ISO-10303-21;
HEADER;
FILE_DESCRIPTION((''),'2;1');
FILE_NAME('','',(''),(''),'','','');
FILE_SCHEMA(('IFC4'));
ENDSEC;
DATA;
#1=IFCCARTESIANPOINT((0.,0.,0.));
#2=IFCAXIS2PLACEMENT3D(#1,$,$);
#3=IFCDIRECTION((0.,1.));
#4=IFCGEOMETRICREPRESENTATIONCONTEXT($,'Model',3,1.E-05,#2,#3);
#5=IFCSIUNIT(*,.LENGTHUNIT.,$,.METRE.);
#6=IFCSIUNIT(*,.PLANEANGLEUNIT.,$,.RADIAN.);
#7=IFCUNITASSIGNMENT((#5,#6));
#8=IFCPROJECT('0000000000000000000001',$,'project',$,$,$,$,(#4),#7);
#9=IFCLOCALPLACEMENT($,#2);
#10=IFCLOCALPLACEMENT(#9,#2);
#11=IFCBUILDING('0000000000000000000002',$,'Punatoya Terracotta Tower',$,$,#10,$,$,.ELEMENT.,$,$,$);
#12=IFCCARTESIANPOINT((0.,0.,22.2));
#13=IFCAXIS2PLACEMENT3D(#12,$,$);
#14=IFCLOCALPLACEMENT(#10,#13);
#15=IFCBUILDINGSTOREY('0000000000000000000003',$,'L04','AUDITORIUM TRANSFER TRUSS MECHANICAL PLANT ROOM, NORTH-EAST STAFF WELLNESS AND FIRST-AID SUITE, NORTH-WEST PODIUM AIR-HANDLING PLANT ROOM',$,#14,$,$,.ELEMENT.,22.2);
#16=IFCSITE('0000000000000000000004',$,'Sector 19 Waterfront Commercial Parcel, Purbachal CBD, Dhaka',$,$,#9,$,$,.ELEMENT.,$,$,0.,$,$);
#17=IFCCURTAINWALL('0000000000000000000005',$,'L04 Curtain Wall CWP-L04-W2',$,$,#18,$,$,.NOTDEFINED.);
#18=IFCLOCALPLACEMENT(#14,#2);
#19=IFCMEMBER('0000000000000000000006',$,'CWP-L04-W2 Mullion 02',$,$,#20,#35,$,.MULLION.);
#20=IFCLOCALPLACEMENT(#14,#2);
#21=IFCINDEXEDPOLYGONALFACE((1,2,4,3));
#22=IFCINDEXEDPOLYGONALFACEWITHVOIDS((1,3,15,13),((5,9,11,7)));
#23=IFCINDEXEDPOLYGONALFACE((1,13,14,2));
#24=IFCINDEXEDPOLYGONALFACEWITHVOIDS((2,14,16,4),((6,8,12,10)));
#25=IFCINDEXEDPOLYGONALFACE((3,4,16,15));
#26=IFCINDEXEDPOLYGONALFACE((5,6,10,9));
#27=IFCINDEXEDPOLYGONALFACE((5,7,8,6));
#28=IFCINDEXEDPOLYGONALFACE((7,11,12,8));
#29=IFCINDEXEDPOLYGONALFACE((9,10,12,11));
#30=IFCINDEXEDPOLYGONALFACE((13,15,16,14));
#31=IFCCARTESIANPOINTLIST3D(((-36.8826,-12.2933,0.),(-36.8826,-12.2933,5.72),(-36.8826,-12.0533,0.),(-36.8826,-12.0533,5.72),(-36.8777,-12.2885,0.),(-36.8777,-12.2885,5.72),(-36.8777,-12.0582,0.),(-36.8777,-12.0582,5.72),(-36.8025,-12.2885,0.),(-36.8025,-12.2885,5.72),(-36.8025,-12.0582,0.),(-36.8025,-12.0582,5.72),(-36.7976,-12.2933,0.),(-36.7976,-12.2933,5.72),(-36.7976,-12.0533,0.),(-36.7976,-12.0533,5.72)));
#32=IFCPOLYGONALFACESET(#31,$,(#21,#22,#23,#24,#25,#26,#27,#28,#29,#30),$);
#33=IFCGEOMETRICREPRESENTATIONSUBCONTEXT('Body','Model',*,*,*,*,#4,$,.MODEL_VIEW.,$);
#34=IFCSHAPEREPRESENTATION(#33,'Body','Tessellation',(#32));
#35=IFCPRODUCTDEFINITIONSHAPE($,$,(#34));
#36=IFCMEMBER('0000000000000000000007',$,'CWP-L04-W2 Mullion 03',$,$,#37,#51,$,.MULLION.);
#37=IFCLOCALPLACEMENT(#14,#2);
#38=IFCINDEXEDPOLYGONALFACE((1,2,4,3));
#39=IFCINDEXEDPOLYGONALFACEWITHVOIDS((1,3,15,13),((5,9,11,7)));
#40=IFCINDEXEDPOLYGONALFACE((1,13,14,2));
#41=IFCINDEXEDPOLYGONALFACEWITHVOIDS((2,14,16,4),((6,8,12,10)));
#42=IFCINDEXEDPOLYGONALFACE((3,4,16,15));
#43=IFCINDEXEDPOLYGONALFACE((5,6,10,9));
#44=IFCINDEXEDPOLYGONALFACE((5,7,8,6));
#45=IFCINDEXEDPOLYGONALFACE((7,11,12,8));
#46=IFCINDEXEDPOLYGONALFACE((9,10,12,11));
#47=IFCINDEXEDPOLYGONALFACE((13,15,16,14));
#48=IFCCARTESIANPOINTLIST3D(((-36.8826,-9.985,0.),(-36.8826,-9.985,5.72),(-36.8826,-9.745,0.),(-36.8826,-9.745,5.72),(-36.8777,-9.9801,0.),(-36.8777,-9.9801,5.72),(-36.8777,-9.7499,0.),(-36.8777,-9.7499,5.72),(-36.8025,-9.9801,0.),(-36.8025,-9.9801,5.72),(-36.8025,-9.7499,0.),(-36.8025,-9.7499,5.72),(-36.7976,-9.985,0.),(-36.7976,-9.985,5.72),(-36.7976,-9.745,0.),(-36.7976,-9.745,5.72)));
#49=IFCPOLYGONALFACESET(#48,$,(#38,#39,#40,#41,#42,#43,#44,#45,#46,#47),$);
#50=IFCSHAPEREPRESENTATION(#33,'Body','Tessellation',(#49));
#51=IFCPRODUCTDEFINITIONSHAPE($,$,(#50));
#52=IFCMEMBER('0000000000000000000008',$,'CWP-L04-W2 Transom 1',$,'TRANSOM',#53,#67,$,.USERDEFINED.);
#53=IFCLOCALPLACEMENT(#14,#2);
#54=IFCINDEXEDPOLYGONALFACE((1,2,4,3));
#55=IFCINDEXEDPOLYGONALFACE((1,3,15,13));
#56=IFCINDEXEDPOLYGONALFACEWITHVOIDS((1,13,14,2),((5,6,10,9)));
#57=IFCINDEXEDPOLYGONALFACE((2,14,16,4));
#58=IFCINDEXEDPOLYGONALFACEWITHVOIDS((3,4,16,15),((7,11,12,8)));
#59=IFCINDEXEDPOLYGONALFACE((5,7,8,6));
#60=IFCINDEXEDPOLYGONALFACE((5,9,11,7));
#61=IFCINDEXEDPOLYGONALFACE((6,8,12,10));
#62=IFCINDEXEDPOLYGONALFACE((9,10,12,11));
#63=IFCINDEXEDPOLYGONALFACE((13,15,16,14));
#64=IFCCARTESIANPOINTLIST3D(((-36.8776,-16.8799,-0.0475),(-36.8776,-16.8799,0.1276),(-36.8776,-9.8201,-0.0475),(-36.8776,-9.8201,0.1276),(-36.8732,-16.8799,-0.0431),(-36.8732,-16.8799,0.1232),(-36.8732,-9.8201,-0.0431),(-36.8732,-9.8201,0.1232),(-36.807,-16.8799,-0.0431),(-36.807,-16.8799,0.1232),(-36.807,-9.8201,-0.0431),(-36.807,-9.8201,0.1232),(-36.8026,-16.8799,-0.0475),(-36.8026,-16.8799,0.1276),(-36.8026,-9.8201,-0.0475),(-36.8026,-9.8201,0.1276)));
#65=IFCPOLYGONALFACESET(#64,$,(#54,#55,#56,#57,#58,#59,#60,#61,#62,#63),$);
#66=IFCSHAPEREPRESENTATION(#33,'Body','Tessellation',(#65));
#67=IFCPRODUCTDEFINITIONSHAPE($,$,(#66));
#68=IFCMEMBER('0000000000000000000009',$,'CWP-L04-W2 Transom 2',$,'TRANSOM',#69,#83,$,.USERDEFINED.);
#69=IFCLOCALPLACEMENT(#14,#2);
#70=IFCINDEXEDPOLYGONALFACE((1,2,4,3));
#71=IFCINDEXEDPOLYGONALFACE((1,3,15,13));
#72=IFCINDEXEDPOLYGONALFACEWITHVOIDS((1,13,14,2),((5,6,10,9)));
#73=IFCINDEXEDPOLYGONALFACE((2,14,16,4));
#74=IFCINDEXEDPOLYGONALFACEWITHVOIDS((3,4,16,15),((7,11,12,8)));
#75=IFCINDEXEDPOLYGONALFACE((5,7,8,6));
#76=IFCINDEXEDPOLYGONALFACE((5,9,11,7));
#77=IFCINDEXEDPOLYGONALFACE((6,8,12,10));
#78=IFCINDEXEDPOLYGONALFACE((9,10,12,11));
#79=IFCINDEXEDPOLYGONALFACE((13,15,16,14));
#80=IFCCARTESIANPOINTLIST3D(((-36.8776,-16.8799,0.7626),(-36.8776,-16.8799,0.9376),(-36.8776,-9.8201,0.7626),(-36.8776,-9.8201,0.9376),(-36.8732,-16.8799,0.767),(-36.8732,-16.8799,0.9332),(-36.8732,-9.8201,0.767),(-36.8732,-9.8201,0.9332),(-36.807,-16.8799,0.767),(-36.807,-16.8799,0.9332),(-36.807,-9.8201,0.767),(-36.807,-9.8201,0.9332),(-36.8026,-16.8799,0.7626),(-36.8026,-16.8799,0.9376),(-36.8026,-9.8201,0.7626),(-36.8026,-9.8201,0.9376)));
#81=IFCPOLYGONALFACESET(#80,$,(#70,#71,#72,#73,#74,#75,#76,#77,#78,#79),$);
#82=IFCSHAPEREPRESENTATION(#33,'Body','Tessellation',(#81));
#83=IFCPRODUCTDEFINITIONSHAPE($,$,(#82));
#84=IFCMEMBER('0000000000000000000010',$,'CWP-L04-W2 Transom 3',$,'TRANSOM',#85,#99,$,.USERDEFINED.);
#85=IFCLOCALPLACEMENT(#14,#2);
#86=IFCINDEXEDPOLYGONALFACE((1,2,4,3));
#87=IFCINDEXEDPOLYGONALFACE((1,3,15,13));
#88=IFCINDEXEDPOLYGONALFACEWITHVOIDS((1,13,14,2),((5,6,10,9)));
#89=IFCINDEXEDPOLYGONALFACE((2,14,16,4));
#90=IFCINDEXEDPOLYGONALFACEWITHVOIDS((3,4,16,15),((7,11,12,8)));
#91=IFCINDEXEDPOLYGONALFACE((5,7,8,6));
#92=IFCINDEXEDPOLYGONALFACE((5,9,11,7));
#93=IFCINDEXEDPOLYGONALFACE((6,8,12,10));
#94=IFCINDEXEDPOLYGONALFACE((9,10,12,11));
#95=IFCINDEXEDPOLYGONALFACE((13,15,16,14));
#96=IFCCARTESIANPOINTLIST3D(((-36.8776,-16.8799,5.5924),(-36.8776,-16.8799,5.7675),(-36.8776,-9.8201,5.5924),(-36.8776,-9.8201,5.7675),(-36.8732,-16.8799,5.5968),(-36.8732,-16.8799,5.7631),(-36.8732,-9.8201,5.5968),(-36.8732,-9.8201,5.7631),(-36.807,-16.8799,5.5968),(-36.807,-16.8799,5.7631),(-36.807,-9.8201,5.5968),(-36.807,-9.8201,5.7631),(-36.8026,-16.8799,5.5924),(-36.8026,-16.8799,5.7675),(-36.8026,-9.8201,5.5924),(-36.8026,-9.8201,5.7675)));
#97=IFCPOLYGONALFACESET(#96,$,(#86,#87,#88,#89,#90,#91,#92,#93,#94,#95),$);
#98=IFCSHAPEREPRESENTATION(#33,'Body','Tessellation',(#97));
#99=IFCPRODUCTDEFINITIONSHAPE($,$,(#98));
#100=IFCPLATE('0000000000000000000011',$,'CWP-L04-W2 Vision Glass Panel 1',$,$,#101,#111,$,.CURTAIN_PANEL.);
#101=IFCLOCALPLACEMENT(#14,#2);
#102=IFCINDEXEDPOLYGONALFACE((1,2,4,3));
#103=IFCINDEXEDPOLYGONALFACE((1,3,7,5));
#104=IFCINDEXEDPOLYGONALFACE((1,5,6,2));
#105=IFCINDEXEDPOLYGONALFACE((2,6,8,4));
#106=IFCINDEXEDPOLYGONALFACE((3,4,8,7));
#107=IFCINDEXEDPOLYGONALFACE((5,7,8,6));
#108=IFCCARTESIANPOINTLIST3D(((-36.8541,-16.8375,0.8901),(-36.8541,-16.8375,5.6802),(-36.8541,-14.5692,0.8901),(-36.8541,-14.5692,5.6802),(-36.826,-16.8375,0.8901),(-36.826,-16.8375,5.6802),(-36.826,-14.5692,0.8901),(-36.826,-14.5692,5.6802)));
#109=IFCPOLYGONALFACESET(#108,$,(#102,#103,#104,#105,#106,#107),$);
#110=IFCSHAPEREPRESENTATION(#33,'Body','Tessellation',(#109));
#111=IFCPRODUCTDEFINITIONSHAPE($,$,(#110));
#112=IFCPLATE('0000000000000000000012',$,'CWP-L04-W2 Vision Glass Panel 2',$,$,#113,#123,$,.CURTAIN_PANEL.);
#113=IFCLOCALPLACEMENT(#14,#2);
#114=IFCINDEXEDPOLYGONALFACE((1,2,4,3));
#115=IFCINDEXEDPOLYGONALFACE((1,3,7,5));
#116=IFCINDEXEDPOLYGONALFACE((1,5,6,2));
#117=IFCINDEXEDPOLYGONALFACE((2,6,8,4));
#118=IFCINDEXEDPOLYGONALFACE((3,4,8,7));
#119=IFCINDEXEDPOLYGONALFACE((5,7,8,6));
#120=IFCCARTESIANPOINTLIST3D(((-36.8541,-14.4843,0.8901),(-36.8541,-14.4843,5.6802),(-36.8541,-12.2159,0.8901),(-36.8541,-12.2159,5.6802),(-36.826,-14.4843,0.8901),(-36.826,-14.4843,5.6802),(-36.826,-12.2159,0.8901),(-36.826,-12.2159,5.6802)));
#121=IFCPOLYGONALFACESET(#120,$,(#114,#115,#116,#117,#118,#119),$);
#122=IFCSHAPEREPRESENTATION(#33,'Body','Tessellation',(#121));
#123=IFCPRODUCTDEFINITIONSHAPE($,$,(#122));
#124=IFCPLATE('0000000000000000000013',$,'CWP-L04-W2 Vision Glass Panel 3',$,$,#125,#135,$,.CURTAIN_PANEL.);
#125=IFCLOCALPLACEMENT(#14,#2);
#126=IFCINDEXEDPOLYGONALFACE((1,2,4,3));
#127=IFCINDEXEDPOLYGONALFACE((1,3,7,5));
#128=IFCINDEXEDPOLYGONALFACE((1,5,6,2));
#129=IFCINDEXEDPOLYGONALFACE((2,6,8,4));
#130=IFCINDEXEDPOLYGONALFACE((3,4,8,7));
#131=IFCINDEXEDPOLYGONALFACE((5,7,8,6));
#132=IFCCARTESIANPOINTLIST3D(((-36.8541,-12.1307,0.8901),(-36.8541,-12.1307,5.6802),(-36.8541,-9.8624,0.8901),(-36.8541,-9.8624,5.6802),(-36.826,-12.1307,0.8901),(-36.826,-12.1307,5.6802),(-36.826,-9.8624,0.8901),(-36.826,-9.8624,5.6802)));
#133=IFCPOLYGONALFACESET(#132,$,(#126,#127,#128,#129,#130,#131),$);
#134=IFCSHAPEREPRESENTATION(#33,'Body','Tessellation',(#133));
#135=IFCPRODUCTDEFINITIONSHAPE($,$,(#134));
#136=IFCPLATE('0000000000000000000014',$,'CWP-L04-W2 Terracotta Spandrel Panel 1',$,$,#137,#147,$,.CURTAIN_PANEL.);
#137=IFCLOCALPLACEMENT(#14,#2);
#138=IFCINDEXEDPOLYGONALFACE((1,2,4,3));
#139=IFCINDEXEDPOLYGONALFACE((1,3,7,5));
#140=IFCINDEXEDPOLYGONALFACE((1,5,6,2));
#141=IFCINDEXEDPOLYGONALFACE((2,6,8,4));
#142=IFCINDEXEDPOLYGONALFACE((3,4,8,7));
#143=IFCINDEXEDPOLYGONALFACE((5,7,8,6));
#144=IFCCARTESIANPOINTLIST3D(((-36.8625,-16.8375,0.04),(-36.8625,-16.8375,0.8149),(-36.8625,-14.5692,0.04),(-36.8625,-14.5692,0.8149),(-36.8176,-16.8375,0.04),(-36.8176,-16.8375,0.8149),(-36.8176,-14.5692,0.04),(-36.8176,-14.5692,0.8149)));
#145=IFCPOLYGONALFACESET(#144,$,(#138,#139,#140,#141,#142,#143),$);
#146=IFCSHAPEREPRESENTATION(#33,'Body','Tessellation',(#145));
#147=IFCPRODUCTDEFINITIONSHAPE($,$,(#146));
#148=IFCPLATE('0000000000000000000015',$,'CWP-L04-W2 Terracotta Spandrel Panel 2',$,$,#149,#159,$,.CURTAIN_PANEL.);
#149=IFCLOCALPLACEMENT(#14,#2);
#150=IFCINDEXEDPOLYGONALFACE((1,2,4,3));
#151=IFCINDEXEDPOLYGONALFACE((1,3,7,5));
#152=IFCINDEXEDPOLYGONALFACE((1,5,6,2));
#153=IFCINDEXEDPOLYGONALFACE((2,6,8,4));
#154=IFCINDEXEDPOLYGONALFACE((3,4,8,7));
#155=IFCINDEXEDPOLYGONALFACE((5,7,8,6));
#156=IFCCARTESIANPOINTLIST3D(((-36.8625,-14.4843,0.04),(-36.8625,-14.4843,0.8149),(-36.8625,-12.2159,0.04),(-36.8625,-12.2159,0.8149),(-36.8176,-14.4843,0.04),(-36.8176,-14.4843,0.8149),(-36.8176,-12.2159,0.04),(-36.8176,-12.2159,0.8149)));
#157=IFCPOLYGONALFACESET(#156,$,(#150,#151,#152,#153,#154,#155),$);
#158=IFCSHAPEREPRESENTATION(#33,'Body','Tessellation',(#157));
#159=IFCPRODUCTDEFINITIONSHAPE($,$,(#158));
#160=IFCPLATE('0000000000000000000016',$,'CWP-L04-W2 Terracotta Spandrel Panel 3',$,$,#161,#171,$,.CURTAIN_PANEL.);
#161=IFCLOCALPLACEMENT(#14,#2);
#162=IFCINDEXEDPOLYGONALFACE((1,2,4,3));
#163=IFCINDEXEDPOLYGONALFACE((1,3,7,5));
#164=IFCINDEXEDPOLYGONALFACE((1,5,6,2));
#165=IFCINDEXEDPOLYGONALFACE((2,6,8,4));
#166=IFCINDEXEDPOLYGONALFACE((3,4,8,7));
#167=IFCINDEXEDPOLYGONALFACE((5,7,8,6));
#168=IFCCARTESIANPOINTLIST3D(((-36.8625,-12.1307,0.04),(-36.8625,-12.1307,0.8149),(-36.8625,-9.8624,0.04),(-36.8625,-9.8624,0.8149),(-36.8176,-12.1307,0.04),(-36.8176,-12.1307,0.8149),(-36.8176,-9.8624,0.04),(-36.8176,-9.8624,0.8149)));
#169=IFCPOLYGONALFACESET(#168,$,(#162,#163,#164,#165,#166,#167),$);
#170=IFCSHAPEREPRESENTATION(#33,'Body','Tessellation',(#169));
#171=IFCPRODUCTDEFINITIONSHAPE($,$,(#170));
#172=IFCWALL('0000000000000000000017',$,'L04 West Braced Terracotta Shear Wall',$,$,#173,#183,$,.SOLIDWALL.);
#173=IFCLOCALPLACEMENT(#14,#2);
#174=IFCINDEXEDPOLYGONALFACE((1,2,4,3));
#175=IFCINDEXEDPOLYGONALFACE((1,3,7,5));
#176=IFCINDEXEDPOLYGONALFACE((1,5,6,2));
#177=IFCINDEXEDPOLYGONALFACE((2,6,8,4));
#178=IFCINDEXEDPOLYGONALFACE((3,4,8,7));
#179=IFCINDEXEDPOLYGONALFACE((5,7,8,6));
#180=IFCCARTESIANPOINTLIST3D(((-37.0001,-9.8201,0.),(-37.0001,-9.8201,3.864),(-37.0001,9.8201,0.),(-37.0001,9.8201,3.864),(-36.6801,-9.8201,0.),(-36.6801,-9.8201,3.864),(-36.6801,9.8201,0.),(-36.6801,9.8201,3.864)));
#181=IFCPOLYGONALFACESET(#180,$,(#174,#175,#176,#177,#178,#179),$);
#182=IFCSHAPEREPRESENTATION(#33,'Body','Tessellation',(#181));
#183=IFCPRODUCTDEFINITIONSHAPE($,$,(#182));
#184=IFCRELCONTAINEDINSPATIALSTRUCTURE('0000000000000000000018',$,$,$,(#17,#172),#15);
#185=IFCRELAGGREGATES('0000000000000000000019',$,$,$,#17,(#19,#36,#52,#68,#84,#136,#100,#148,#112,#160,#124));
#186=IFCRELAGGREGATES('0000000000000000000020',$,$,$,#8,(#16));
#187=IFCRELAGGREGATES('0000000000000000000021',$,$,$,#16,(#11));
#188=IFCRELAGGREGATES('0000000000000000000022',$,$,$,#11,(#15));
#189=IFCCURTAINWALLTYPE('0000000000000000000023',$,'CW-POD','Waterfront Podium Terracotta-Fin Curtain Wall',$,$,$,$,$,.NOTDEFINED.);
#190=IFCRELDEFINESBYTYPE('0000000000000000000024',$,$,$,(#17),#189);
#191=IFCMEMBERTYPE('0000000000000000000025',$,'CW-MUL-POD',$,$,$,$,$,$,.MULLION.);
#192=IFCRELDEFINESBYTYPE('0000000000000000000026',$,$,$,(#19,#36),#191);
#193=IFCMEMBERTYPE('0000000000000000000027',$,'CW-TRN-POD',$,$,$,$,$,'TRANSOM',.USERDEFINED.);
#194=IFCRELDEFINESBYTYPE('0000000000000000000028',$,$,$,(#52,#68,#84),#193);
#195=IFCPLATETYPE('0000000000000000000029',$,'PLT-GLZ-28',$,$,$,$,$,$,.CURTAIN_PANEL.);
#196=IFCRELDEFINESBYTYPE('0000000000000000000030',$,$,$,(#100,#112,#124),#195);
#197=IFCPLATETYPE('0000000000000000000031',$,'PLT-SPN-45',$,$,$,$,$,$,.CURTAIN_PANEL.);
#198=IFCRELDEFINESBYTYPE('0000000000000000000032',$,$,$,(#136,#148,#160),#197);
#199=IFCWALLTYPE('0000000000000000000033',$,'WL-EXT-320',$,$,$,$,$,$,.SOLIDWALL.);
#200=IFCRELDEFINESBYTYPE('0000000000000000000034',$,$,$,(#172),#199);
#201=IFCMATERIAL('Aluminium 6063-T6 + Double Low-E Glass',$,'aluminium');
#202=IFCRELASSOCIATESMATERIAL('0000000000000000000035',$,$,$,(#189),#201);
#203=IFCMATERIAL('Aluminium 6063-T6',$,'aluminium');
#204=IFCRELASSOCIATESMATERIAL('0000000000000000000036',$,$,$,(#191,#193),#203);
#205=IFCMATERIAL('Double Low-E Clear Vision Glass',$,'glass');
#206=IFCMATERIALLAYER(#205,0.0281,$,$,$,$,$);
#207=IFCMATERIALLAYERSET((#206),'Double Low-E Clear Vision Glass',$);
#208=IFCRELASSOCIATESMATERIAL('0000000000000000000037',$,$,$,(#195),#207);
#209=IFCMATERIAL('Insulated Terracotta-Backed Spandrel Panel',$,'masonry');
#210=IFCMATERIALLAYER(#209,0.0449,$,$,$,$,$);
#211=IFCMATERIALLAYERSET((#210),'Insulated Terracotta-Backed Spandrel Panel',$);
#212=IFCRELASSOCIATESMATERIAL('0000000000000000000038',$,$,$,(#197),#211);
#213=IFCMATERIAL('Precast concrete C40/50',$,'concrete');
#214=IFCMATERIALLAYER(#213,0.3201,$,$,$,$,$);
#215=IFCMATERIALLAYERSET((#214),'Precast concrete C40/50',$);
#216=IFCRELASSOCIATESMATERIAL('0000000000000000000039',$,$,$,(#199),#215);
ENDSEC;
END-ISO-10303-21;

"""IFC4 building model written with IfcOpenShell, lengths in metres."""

from ifc_helpers import new_model, si_unit, direction, frame, frame_2d, origin, origin_2d, place, context, subcontext, project, spatial, rectangle, hollow_rectangle, extrude, material, layer, layer_set, material_profile, profile_set, type_object, element, aggregate, save


model = new_model("IFC4")

# Units and contexts
model_context = context("Model", 3, precision=1e-05, world=origin(), true_north=direction((0.0, 1.0)))
body_context = subcontext(model_context, "Body", "Model", "MODEL_VIEW")
ifc_project = project(units=[si_unit("LENGTHUNIT", "METRE"), si_unit("PLANEANGLEUNIT", "RADIAN")], contexts=[model_context])

# Site, building, storey
site_placement = place(None, origin())
site = spatial("IfcSite", under=ifc_project, at=site_placement, Name="Sector 19 Waterfront Commercial Parcel, Purbachal CBD, Dhaka", CompositionType="ELEMENT", RefElevation=0.0)
building_placement = place(site_placement, origin())
building = spatial("IfcBuilding", under=site, at=building_placement, Name="Punatoya Terracotta Tower", CompositionType="ELEMENT")
storey_placement = place(building_placement, frame((0.0, 0.0, 22.2)))
storey = spatial("IfcBuildingStorey", under=building, at=storey_placement, Name="L04", Description="AUDITORIUM TRANSFER TRUSS MECHANICAL PLANT ROOM, NORTH-EAST STAFF WELLNESS AND FIRST-AID SUITE, NORTH-WEST PODIUM AIR-HANDLING PLANT ROOM", CompositionType="ELEMENT", Elevation=22.2)

# Curtain wall, members, plates
ifc_material_1 = material(Name="Aluminium 6063-T6 + Double Low-E Glass", Category="aluminium")
curtain_wall_type = type_object("IfcCurtainWallType", Name="CW-POD", Description="Waterfront Podium Terracotta-Fin Curtain Wall", PredefinedType="NOTDEFINED", material=ifc_material_1)
curtain_wall_placement = place(storey_placement, origin())
curtain_wall = element("IfcCurtainWall", 1, at=curtain_wall_placement, inside=storey, type_object=curtain_wall_type, Name="L04 Curtain Wall CWP-L04-W2", PredefinedType="NOTDEFINED")
ifc_material_2 = material(Name="Aluminium 6063-T6", Category="aluminium")
ifc_material_profile_1 = material_profile(ifc_material_2, hollow_rectangle(XDim=0.085, YDim=0.24, WallThickness=0.0049, at=origin_2d()))
ifc_profile_set_1 = profile_set([ifc_material_profile_1], Name="Aluminium 6063-T6")
member_type_1 = type_object("IfcMemberType", Name="CW-MUL-POD", PredefinedType="MULLION", material=ifc_profile_set_1)
member_1_placement = place(storey_placement, frame((-36.8401, -12.1733, 0.0), z_axis=(0.0, 0.0, 1.0), x_axis=(1.0, 0.0, 0.0)))
member_1 = element("IfcMember", 2, at=member_1_placement, type_object=member_type_1, Name="CWP-L04-W2 Mullion 02", PredefinedType="MULLION", context=body_context, shape_type="SweptSolid", body=[
    extrude(hollow_rectangle(XDim=0.085, YDim=0.24, WallThickness=0.0049, at=origin_2d()), origin(), (0.0, 0.0, 1.0), 5.72),
])
member_2_placement = place(storey_placement, frame((-36.8401, -9.865, 0.0), z_axis=(0.0, 0.0, 1.0), x_axis=(1.0, 0.0, 0.0)))
member_2 = element("IfcMember", 3, at=member_2_placement, type_object=member_type_1, Name="CWP-L04-W2 Mullion 03", PredefinedType="MULLION", context=body_context, shape_type="SweptSolid", body=[
    extrude(hollow_rectangle(XDim=0.085, YDim=0.24, WallThickness=0.0049, at=origin_2d()), origin(), (0.0, 0.0, 1.0), 5.72),
])
ifc_material_profile_2 = material_profile(ifc_material_2, hollow_rectangle(XDim=0.075, YDim=0.175, WallThickness=0.0044, at=origin_2d()))
ifc_profile_set_2 = profile_set([ifc_material_profile_2], Name="Aluminium 6063-T6")
member_type_2 = type_object("IfcMemberType", Name="CW-TRN-POD", ElementType="TRANSOM", PredefinedType="USERDEFINED", material=ifc_profile_set_2)
member_3_placement = place(storey_placement, frame((-36.8401, -16.8799, 0.04), z_axis=(0.0, 1.0, 0.0), x_axis=(-1.0, 0.0, 0.0)))
member_3 = element("IfcMember", 4, at=member_3_placement, type_object=member_type_2, Name="CWP-L04-W2 Transom 1", ObjectType="TRANSOM", PredefinedType="USERDEFINED", context=body_context, shape_type="SweptSolid", body=[
    extrude(hollow_rectangle(XDim=0.075, YDim=0.175, WallThickness=0.0044, at=origin_2d()), origin(), (0.0, 0.0, 1.0), 7.0598),
])
member_4_placement = place(storey_placement, frame((-36.8401, -16.8799, 0.8501), z_axis=(0.0, 1.0, 0.0), x_axis=(-1.0, 0.0, 0.0)))
member_4 = element("IfcMember", 5, at=member_4_placement, type_object=member_type_2, Name="CWP-L04-W2 Transom 2", ObjectType="TRANSOM", PredefinedType="USERDEFINED", context=body_context, shape_type="SweptSolid", body=[
    extrude(hollow_rectangle(XDim=0.075, YDim=0.175, WallThickness=0.0044, at=origin_2d()), origin(), (0.0, 0.0, 1.0), 7.0598),
])
member_5_placement = place(storey_placement, frame((-36.8401, -16.8799, 5.6799), z_axis=(0.0, 1.0, 0.0), x_axis=(-1.0, 0.0, 0.0)))
member_5 = element("IfcMember", 6, at=member_5_placement, type_object=member_type_2, Name="CWP-L04-W2 Transom 3", ObjectType="TRANSOM", PredefinedType="USERDEFINED", context=body_context, shape_type="SweptSolid", body=[
    extrude(hollow_rectangle(XDim=0.075, YDim=0.175, WallThickness=0.0044, at=origin_2d()), origin(), (0.0, 0.0, 1.0), 7.0598),
])
ifc_material_3 = material(Name="Double Low-E Clear Vision Glass", Category="glass")
ifc_layer_1 = layer(ifc_material_3, 0.0281)
ifc_layer_set_1 = layer_set([ifc_layer_1], Name="Double Low-E Clear Vision Glass")
plate_type_1 = type_object("IfcPlateType", Name="PLT-GLZ-28", PredefinedType="CURTAIN_PANEL", material=ifc_layer_set_1)
plate_1_placement = place(storey_placement, frame((-36.8401, -15.7034, 0.8901), z_axis=(0.0, 0.0, 1.0), x_axis=(0.0, 1.0, 0.0)))
plate_1 = element("IfcPlate", 7, at=plate_1_placement, type_object=plate_type_1, Name="CWP-L04-W2 Vision Glass Panel 1", PredefinedType="CURTAIN_PANEL", context=body_context, shape_type="SweptSolid", body=[
    extrude(rectangle(XDim=2.2683, YDim=0.0281, at=origin_2d()), origin(), (0.0, 0.0, 1.0), 4.79),
])
plate_2_placement = place(storey_placement, frame((-36.8401, -13.3501, 0.8901), z_axis=(0.0, 0.0, 1.0), x_axis=(0.0, 1.0, 0.0)))
plate_2 = element("IfcPlate", 8, at=plate_2_placement, type_object=plate_type_1, Name="CWP-L04-W2 Vision Glass Panel 2", PredefinedType="CURTAIN_PANEL", context=body_context, shape_type="SweptSolid", body=[
    extrude(rectangle(XDim=2.2683, YDim=0.0281, at=origin_2d()), origin(), (0.0, 0.0, 1.0), 4.79),
])
plate_3_placement = place(storey_placement, frame((-36.8401, -10.9966, 0.8901), z_axis=(0.0, 0.0, 1.0), x_axis=(0.0, 1.0, 0.0)))
plate_3 = element("IfcPlate", 9, at=plate_3_placement, type_object=plate_type_1, Name="CWP-L04-W2 Vision Glass Panel 3", PredefinedType="CURTAIN_PANEL", context=body_context, shape_type="SweptSolid", body=[
    extrude(rectangle(XDim=2.2683, YDim=0.0281, at=origin_2d()), origin(), (0.0, 0.0, 1.0), 4.79),
])
ifc_material_4 = material(Name="Insulated Terracotta-Backed Spandrel Panel", Category="masonry")
ifc_layer_2 = layer(ifc_material_4, 0.0449)
ifc_layer_set_2 = layer_set([ifc_layer_2], Name="Insulated Terracotta-Backed Spandrel Panel")
plate_type_2 = type_object("IfcPlateType", Name="PLT-SPN-45", PredefinedType="CURTAIN_PANEL", material=ifc_layer_set_2)
plate_4_placement = place(storey_placement, frame((-36.8401, -15.7034, 0.04), z_axis=(0.0, 0.0, 1.0), x_axis=(0.0, 1.0, 0.0)))
plate_4 = element("IfcPlate", 10, at=plate_4_placement, type_object=plate_type_2, Name="CWP-L04-W2 Terracotta Spandrel Panel 1", PredefinedType="CURTAIN_PANEL", context=body_context, shape_type="SweptSolid", body=[
    extrude(rectangle(XDim=2.2683, YDim=0.0449, at=origin_2d()), origin(), (0.0, 0.0, 1.0), 0.7749),
])
plate_5_placement = place(storey_placement, frame((-36.8401, -13.3501, 0.04), z_axis=(0.0, 0.0, 1.0), x_axis=(0.0, 1.0, 0.0)))
plate_5 = element("IfcPlate", 11, at=plate_5_placement, type_object=plate_type_2, Name="CWP-L04-W2 Terracotta Spandrel Panel 2", PredefinedType="CURTAIN_PANEL", context=body_context, shape_type="SweptSolid", body=[
    extrude(rectangle(XDim=2.2683, YDim=0.0449, at=origin_2d()), origin(), (0.0, 0.0, 1.0), 0.7749),
])
plate_6_placement = place(storey_placement, frame((-36.8401, -10.9966, 0.04), z_axis=(0.0, 0.0, 1.0), x_axis=(0.0, 1.0, 0.0)))
plate_6 = element("IfcPlate", 12, at=plate_6_placement, type_object=plate_type_2, Name="CWP-L04-W2 Terracotta Spandrel Panel 3", PredefinedType="CURTAIN_PANEL", context=body_context, shape_type="SweptSolid", body=[
    extrude(rectangle(XDim=2.2683, YDim=0.0449, at=origin_2d()), origin(), (0.0, 0.0, 1.0), 0.7749),
])
aggregate(curtain_wall, [member_1, member_2, member_3, member_4, member_5, plate_4, plate_1, plate_5, plate_2, plate_6, plate_3])

# Wall
ifc_material_5 = material(Name="Precast concrete C40/50", Category="concrete")
ifc_layer_3 = layer(ifc_material_5, 0.3201)
ifc_layer_set_3 = layer_set([ifc_layer_3], Name="Precast concrete C40/50")
wall_type_1 = type_object("IfcWallType", Name="WL-EXT-320", PredefinedType="SOLIDWALL", material=ifc_layer_set_3)
wall_1_placement = place(storey_placement, frame((-36.8401, -9.8201, 0.0), z_axis=(0.0, 0.0, 1.0), x_axis=(0.0, 1.0, 0.0)))
element("IfcWall", 13, at=wall_1_placement, inside=storey, type_object=wall_type_1, Name="L04 West Braced Terracotta Shear Wall", PredefinedType="SOLIDWALL", context=body_context, shape_type="SweptSolid", body=[
    extrude(rectangle(XDim=19.6401, YDim=0.3201, at=frame_2d((9.8201, 0.0))), origin(), (0.0, 0.0, 1.0), 3.864),
])

save(model, "model.ifc")
